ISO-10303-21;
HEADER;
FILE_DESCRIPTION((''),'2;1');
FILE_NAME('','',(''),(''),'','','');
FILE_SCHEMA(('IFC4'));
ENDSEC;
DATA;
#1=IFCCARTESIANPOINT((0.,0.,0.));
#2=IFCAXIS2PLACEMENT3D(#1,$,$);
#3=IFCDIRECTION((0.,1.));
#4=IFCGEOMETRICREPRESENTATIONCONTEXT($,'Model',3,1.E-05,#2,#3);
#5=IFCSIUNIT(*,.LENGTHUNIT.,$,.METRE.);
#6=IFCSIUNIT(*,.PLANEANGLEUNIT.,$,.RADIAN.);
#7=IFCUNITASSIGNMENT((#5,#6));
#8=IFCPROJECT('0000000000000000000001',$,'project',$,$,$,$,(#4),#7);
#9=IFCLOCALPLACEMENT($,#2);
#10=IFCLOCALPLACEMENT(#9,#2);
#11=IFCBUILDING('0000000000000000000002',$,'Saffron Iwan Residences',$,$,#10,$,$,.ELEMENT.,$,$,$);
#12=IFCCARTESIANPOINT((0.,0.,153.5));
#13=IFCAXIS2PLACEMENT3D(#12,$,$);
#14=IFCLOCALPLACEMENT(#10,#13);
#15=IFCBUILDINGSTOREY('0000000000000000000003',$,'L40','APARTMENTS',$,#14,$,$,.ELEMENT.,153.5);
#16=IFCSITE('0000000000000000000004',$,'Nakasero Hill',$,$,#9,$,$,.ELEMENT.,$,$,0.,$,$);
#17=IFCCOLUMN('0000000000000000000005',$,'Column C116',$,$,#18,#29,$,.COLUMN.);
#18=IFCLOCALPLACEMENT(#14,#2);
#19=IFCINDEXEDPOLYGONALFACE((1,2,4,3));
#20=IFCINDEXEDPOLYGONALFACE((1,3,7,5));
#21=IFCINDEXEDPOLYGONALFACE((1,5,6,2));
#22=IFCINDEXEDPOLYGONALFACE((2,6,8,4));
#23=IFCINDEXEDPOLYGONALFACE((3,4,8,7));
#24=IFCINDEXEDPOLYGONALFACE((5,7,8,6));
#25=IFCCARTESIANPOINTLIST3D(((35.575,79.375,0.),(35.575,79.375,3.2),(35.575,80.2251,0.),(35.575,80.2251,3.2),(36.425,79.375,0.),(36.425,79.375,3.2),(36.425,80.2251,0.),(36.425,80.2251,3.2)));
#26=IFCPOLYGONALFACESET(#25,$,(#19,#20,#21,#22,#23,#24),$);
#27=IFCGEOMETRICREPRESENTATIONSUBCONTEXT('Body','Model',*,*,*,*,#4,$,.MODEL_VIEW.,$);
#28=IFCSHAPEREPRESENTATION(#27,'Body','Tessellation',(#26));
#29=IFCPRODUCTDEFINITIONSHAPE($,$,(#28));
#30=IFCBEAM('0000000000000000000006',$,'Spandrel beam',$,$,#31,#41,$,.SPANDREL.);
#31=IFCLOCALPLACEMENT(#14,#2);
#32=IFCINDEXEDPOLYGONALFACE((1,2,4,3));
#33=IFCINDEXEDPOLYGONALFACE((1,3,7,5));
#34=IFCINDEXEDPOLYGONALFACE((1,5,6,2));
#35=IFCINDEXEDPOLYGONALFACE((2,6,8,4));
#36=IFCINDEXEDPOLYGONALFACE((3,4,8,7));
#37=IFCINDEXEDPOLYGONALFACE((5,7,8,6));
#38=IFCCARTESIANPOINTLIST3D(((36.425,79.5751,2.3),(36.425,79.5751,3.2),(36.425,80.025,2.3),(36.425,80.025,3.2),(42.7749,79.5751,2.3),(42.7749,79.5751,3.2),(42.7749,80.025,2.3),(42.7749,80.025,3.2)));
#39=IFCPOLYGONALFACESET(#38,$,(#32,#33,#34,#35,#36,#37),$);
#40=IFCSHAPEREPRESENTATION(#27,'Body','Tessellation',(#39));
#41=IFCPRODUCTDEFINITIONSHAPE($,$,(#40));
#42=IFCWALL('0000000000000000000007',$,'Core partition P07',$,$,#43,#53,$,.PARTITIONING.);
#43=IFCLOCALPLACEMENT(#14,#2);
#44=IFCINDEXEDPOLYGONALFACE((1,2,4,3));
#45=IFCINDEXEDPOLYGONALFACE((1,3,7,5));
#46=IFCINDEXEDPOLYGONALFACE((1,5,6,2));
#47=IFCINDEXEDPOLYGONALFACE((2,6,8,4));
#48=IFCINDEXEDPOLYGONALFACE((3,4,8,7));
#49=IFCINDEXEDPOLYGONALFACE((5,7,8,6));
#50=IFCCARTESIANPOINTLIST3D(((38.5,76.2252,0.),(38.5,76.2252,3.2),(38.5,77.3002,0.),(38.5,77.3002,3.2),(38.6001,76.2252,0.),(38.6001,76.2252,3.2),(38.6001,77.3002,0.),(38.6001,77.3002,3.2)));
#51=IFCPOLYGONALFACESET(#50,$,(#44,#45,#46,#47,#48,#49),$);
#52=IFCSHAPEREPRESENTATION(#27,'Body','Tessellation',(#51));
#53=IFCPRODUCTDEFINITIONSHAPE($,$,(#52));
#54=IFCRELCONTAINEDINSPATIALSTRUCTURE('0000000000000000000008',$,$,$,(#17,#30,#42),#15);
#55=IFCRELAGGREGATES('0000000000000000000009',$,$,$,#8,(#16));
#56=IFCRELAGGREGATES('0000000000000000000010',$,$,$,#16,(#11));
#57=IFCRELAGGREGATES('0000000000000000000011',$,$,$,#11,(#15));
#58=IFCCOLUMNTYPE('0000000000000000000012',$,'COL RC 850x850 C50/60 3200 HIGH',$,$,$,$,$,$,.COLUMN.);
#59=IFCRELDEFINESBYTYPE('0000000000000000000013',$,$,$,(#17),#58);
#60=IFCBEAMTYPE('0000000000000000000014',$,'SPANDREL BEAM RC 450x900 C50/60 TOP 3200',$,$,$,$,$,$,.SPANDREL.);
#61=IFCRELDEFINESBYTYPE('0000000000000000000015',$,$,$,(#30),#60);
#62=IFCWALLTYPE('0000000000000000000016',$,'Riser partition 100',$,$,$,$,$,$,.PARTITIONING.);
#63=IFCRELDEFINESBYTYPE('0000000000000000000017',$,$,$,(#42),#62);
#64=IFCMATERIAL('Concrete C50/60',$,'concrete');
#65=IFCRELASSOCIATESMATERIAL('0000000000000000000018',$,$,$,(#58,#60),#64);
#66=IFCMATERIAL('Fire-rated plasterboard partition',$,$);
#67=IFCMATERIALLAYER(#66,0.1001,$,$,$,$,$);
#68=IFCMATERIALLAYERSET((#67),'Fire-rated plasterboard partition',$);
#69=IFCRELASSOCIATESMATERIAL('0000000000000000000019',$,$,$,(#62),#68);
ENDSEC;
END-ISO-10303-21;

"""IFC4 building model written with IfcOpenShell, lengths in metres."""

from ifc_helpers import new_model, si_unit, direction, frame, frame_2d, origin, origin_2d, place, context, subcontext, project, spatial, rectangle, extrude, source, transform, mapped, material, layer, layer_set, material_profile, profile_set, type_object, element, save


model = new_model("IFC4")

# Units and contexts
model_context = context("Model", 3, precision=1e-05, world=origin(), true_north=direction((0.0, 1.0)))
body_context = subcontext(model_context, "Body", "Model", "MODEL_VIEW")
ifc_project = project(units=[si_unit("LENGTHUNIT", "METRE"), si_unit("PLANEANGLEUNIT", "RADIAN")], contexts=[model_context])

# Site, building, storey
site_placement = place(None, origin())
site = spatial("IfcSite", under=ifc_project, at=site_placement, Name="Nakasero Hill", CompositionType="ELEMENT", RefElevation=0.0)
building_placement = place(site_placement, origin())
building = spatial("IfcBuilding", under=site, at=building_placement, Name="Saffron Iwan Residences", CompositionType="ELEMENT")
storey_placement = place(building_placement, frame((0.0, 0.0, 153.5)))
storey = spatial("IfcBuildingStorey", under=building, at=storey_placement, Name="L40", Description="APARTMENTS", CompositionType="ELEMENT", Elevation=153.5)

# Column
ifc_material_1 = material(Name="Concrete C50/60", Category="concrete")
ifc_material_profile_1 = material_profile(ifc_material_1, rectangle(XDim=0.8501, YDim=0.8501, at=origin_2d()), Name="RC 850x850")
ifc_profile_set_1 = profile_set([ifc_material_profile_1], Name="Concrete C50/60")
column_type = type_object("IfcColumnType", Name="COL RC 850x850 C50/60 3200 HIGH", PredefinedType="COLUMN", material=ifc_profile_set_1)
shared_shape_1 = source(origin(), body_context, "Body", "SweptSolid", [
    extrude(rectangle(XDim=0.8501, YDim=0.8501, at=origin_2d()), origin(), (0.0, 0.0, 1.0), 3.2),
])
column_placement = place(storey_placement, frame((36.0, 79.8, 0.0), z_axis=(0.0, 0.0, 1.0), x_axis=(1.0, 0.0, 0.0)))
element("IfcColumn", 1, at=column_placement, inside=storey, type_object=column_type, Name="Column C116", PredefinedType="COLUMN", context=body_context, shape_type="MappedRepresentation", body=[
    mapped(shared_shape_1, transform((0.0, 0.0, 0.0))),
])

# Beam
ifc_material_profile_2 = material_profile(ifc_material_1, rectangle(XDim=0.45, YDim=0.8999, at=origin_2d()), Name="RC 450x900")
ifc_profile_set_2 = profile_set([ifc_material_profile_2], Name="Concrete C50/60")
beam_type = type_object("IfcBeamType", Name="SPANDREL BEAM RC 450x900 C50/60 TOP 3200", PredefinedType="SPANDREL", material=ifc_profile_set_2)
shared_shape_2 = source(origin(), body_context, "Body", "SweptSolid", [
    extrude(rectangle(XDim=0.45, YDim=0.8999, at=origin_2d()), origin(), (0.0, 0.0, 1.0), 6.3499),
])
beam_placement = place(storey_placement, frame((36.425, 79.8, 2.75), z_axis=(1.0, 0.0, 0.0), x_axis=(0.0, 1.0, 0.0)))
element("IfcBeam", 2, at=beam_placement, inside=storey, type_object=beam_type, Name="Spandrel beam", PredefinedType="SPANDREL", context=body_context, shape_type="MappedRepresentation", body=[
    mapped(shared_shape_2, transform((0.0, 0.0, 0.0))),
])

# Wall
ifc_material_2 = material(Name="Fire-rated plasterboard partition")
ifc_layer_1 = layer(ifc_material_2, 0.1001)
ifc_layer_set_1 = layer_set([ifc_layer_1], Name="Fire-rated plasterboard partition")
wall_type_1 = type_object("IfcWallType", Name="Riser partition 100", PredefinedType="PARTITIONING", material=ifc_layer_set_1)
wall_1_placement = place(storey_placement, frame((38.55, 76.2251, 0.0), z_axis=(0.0, 0.0, 1.0), x_axis=(0.0, 1.0, 0.0)))
element("IfcWall", 3, at=wall_1_placement, inside=storey, type_object=wall_type_1, Name="Core partition P07", PredefinedType="PARTITIONING", context=body_context, shape_type="SweptSolid", body=[
    extrude(rectangle(XDim=1.075, YDim=0.1001, at=frame_2d((0.5376, 0.0))), origin(), (0.0, 0.0, 1.0), 3.2),
])

save(model, "model.ifc")
